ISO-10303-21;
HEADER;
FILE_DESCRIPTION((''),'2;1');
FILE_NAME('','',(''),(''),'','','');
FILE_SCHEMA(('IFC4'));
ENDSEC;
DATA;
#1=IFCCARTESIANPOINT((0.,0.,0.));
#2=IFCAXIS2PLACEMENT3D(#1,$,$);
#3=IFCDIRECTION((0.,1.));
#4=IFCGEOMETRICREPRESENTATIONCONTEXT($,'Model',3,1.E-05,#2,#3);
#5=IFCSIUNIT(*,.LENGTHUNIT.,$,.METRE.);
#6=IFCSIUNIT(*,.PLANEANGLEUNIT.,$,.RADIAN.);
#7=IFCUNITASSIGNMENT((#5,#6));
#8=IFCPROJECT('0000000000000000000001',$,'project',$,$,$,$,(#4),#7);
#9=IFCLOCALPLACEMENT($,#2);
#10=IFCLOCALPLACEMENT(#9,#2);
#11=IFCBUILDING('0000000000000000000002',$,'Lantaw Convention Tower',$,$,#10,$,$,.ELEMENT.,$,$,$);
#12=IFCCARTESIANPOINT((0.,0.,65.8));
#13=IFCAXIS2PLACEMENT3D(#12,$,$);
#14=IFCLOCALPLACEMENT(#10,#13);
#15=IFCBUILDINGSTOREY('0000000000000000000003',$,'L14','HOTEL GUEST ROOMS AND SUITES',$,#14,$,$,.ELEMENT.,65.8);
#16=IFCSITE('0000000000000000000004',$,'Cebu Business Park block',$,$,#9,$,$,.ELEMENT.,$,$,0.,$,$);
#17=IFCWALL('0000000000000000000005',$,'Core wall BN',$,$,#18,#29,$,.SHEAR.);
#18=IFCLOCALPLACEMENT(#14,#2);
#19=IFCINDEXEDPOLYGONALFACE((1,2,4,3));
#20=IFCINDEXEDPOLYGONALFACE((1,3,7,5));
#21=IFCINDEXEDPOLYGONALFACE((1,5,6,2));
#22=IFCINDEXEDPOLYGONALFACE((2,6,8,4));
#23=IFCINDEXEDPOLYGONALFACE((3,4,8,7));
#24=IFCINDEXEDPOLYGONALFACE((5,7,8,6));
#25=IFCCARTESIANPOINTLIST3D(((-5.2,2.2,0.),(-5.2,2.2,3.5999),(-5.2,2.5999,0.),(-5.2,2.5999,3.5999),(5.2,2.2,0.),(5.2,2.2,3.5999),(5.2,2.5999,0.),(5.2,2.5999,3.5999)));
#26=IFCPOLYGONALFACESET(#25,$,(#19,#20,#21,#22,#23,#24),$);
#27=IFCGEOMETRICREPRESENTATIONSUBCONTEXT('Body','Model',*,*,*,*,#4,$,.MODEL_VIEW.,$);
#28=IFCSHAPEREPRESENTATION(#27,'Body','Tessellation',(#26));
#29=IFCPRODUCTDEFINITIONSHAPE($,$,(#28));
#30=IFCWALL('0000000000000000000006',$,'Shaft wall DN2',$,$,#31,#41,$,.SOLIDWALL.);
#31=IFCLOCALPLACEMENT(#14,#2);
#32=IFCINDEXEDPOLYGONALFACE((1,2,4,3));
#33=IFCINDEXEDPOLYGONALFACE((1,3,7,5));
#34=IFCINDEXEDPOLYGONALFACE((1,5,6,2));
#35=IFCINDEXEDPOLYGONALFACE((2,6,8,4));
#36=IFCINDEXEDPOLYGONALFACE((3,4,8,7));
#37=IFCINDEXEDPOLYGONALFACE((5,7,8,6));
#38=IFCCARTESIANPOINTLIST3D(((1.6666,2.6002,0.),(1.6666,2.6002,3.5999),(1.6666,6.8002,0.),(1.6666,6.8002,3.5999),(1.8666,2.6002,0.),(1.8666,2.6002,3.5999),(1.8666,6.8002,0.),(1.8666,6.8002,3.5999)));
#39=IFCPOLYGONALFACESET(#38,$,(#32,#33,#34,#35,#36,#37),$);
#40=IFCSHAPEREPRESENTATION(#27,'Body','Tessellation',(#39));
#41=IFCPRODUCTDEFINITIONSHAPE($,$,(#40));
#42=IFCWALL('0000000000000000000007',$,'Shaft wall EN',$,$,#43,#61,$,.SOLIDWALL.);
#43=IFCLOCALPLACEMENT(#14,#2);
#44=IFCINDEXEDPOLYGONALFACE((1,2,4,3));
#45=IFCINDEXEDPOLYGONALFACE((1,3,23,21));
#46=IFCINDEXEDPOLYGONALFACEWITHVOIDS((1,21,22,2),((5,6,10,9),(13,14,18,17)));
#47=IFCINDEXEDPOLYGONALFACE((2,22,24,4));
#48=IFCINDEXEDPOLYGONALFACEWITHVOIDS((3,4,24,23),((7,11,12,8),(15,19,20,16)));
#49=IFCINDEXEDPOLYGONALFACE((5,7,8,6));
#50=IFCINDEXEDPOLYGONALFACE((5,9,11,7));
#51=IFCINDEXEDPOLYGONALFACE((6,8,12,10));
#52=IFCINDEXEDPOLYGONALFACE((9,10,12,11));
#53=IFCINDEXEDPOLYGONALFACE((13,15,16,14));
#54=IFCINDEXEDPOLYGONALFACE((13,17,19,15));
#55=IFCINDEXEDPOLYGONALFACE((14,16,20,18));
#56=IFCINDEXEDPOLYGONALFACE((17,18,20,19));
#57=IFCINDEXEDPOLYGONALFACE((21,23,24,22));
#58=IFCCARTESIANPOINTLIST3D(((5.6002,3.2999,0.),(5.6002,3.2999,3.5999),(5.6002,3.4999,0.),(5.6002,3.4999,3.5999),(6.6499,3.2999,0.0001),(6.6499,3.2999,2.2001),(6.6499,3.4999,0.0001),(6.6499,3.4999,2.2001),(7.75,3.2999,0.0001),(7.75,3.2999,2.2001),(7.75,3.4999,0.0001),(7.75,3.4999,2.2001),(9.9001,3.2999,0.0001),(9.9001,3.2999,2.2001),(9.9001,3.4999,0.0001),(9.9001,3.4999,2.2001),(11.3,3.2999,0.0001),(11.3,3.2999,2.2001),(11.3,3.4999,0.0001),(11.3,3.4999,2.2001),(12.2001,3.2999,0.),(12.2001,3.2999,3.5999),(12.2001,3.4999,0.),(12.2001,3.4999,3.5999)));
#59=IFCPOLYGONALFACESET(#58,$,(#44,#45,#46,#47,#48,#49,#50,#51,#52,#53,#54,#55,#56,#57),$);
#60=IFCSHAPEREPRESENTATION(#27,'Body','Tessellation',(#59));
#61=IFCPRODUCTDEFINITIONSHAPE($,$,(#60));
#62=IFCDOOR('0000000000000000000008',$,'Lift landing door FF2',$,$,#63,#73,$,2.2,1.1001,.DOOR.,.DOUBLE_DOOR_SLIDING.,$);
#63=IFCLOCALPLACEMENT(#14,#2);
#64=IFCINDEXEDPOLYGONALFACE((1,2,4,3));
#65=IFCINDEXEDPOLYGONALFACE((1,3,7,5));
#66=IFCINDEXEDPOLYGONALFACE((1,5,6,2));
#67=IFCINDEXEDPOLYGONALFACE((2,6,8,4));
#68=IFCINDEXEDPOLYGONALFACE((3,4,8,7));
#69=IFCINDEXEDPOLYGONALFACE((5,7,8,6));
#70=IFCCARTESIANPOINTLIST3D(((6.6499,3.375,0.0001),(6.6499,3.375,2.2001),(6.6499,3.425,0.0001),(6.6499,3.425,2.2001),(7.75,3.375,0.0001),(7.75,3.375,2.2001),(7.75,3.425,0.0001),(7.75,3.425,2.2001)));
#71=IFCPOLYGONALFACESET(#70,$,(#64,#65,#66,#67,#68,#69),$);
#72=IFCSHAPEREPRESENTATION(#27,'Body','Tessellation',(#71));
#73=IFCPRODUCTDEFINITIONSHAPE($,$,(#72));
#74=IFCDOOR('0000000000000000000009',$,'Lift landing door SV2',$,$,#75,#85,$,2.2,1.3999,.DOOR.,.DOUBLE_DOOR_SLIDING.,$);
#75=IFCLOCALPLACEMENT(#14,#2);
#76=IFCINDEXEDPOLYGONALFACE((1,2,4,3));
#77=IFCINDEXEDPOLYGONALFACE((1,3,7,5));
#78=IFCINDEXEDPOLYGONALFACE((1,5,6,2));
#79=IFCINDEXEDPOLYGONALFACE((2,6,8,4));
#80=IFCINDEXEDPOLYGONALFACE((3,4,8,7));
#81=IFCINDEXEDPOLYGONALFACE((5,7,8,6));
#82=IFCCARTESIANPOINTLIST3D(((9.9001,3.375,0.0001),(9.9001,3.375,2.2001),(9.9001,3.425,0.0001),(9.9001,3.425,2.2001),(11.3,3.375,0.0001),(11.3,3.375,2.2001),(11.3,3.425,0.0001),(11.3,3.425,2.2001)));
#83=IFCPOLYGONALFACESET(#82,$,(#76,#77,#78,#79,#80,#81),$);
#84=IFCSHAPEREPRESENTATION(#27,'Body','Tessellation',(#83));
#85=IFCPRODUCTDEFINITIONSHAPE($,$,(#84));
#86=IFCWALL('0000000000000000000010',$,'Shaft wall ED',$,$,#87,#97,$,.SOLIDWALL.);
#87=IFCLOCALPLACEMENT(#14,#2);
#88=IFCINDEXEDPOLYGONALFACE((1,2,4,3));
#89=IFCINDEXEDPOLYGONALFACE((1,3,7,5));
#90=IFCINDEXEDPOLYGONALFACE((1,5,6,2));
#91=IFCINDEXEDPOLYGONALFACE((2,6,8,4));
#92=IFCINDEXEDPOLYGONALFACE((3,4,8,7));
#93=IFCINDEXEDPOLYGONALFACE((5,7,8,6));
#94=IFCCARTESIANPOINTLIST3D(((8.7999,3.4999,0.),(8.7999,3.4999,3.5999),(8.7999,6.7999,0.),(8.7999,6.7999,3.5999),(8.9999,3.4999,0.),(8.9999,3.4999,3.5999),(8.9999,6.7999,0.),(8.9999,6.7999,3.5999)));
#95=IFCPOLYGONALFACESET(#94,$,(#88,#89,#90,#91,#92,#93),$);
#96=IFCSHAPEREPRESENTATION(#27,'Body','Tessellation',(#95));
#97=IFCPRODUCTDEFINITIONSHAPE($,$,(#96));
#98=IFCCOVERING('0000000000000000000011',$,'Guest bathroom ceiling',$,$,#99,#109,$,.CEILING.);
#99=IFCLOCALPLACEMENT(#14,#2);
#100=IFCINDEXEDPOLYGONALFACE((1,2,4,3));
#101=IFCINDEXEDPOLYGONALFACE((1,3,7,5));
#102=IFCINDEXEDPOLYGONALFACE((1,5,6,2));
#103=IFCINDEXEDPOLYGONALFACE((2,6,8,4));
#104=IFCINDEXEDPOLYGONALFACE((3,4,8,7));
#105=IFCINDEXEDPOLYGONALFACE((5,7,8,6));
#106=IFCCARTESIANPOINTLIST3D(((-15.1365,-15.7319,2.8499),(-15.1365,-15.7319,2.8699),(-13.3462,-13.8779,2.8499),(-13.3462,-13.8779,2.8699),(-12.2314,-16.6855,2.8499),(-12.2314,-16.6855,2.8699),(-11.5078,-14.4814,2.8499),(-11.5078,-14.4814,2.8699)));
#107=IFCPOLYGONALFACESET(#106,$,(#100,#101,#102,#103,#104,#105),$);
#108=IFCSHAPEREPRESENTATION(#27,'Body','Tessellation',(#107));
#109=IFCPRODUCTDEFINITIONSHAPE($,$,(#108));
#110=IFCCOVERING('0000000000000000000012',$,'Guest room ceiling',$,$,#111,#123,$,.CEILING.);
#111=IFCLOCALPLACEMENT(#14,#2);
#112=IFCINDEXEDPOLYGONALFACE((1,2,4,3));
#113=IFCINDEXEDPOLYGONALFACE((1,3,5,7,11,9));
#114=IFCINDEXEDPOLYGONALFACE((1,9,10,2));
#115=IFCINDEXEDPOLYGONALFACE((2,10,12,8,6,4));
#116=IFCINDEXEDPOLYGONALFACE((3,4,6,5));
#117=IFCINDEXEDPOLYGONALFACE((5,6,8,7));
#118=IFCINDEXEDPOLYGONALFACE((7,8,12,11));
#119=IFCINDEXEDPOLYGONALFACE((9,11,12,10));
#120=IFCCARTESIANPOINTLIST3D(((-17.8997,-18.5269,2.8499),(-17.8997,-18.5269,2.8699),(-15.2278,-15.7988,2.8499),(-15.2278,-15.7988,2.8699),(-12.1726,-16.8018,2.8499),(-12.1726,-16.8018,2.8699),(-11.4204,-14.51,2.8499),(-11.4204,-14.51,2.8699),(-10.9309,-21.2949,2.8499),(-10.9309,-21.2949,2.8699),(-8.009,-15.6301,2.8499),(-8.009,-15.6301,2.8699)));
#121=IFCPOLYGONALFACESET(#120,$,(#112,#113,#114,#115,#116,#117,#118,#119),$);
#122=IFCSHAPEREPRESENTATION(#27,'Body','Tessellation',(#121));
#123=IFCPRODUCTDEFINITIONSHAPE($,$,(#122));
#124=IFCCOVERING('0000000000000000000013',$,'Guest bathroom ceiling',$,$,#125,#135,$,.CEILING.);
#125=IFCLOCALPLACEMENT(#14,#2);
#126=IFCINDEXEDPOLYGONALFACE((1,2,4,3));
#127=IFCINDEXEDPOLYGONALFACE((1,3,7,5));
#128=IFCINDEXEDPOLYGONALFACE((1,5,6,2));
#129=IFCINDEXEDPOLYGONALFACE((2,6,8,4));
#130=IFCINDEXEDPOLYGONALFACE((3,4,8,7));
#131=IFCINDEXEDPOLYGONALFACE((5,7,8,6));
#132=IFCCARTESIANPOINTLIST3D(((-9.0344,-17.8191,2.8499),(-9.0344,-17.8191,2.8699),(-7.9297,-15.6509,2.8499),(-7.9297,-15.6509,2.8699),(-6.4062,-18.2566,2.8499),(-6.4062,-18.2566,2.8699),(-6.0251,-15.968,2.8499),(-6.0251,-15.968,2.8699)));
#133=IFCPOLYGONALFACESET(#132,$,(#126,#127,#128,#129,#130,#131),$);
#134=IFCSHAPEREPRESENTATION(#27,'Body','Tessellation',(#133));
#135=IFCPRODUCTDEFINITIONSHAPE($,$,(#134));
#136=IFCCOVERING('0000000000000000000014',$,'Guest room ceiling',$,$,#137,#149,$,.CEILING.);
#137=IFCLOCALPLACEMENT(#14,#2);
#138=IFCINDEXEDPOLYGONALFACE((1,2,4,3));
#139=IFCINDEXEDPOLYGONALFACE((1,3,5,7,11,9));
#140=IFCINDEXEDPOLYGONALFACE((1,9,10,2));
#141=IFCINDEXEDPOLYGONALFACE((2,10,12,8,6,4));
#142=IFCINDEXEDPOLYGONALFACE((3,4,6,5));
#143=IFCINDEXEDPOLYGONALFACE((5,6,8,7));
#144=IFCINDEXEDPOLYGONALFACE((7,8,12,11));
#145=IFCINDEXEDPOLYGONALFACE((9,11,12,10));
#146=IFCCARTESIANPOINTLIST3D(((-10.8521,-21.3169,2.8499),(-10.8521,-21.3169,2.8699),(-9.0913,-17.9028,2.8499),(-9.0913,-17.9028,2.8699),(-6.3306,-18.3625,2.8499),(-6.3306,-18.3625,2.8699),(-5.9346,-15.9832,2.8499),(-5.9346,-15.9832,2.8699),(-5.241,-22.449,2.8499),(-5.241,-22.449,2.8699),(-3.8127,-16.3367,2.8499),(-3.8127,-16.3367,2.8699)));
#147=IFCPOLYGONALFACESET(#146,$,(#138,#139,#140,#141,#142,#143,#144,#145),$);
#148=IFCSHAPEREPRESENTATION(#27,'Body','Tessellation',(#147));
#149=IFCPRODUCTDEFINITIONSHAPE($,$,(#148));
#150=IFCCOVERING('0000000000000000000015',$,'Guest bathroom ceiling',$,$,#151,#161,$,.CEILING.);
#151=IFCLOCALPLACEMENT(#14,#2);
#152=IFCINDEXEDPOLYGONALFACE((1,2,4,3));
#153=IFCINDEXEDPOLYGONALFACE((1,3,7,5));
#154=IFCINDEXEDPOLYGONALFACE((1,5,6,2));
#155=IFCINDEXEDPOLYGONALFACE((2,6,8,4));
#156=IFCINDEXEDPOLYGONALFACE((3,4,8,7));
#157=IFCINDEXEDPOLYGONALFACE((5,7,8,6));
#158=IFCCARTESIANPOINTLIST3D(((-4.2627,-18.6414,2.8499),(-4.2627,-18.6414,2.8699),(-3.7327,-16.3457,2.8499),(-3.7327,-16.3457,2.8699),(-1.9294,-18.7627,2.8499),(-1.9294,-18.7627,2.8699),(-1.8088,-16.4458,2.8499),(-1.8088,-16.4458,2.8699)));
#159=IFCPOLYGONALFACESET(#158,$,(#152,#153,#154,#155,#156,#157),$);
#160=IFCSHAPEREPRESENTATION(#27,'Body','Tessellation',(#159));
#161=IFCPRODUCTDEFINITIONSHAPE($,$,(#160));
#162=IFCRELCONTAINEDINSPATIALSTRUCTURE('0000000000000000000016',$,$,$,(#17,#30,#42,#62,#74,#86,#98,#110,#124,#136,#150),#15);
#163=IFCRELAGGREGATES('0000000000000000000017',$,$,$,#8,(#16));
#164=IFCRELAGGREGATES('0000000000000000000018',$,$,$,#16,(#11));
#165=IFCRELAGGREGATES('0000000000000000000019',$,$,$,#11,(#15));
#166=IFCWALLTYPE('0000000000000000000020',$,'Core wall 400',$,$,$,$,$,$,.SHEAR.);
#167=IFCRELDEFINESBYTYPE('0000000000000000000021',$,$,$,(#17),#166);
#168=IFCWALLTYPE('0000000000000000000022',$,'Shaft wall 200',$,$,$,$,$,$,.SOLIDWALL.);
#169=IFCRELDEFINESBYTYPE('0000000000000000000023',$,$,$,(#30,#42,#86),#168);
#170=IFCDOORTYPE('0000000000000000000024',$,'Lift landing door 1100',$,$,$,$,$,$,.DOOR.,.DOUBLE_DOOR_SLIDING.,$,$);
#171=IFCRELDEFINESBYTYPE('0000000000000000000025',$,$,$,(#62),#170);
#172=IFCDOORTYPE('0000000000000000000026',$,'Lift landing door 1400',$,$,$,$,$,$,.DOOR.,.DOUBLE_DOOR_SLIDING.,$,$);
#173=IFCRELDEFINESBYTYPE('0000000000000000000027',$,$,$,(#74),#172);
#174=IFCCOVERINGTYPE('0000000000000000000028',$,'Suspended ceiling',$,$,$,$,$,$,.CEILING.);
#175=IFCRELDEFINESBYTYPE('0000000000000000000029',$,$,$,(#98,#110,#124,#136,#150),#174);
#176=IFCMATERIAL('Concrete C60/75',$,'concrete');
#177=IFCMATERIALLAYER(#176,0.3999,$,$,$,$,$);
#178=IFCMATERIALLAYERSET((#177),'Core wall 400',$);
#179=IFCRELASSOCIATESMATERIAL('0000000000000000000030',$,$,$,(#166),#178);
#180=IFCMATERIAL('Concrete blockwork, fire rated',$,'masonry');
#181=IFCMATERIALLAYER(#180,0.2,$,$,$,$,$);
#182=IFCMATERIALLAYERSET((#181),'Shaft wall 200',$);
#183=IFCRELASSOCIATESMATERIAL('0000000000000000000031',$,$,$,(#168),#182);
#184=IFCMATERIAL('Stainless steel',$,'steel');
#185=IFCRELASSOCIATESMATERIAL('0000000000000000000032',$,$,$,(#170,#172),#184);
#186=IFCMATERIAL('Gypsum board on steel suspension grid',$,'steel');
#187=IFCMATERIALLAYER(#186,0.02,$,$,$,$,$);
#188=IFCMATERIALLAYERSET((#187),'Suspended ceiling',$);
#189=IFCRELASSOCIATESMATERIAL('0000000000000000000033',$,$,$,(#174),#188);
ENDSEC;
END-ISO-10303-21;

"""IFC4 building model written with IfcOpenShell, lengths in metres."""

from ifc_helpers import new_model, si_unit, direction, frame, frame_2d, origin, place, context, subcontext, project, spatial, polyline, rectangle, outline, extrude, material, layer, layer_set, type_object, element, fill, save


model = new_model("IFC4")

# Units and contexts
model_context = context("Model", 3, precision=1e-05, world=origin(), true_north=direction((0.0, 1.0)))
body_context = subcontext(model_context, "Body", "Model", "MODEL_VIEW")
ifc_project = project(units=[si_unit("LENGTHUNIT", "METRE"), si_unit("PLANEANGLEUNIT", "RADIAN")], contexts=[model_context])

# Site, building, storey
site_placement = place(None, origin())
site = spatial("IfcSite", under=ifc_project, at=site_placement, Name="Cebu Business Park block", CompositionType="ELEMENT", RefElevation=0.0)
building_placement = place(site_placement, origin())
building = spatial("IfcBuilding", under=site, at=building_placement, Name="Lantaw Convention Tower", CompositionType="ELEMENT")
storey_placement = place(building_placement, frame((0.0, 0.0, 65.8)))
storey = spatial("IfcBuildingStorey", under=building, at=storey_placement, Name="L14", Description="HOTEL GUEST ROOMS AND SUITES", CompositionType="ELEMENT", Elevation=65.8)

# Walls
ifc_material_1 = material(Name="Concrete C60/75", Category="concrete")
ifc_layer_1 = layer(ifc_material_1, 0.3999)
ifc_layer_set_1 = layer_set([ifc_layer_1], Name="Core wall 400")
wall_type_1 = type_object("IfcWallType", Name="Core wall 400", PredefinedType="SHEAR", material=ifc_layer_set_1)
wall_1_placement = place(storey_placement, frame((5.2, 2.3999, 0.0), z_axis=(0.0, 0.0, 1.0), x_axis=(-1.0, 0.0, 0.0)))
element("IfcWall", 1, at=wall_1_placement, inside=storey, type_object=wall_type_1, Name="Core wall BN", PredefinedType="SHEAR", context=body_context, shape_type="SweptSolid", body=[
    extrude(rectangle(XDim=10.3999, YDim=0.3999, at=frame_2d((5.2, 0.0))), origin(), (0.0, 0.0, 1.0), 3.5999),
])
ifc_material_2 = material(Name="Concrete blockwork, fire rated", Category="masonry")
ifc_layer_2 = layer(ifc_material_2, 0.2)
ifc_layer_set_2 = layer_set([ifc_layer_2], Name="Shaft wall 200")
wall_type_2 = type_object("IfcWallType", Name="Shaft wall 200", PredefinedType="SOLIDWALL", material=ifc_layer_set_2)
wall_2_placement = place(storey_placement, frame((1.7666, 2.6001, 0.0), z_axis=(0.0, 0.0, 1.0), x_axis=(0.0, 1.0, 0.0)))
element("IfcWall", 2, at=wall_2_placement, inside=storey, type_object=wall_type_2, Name="Shaft wall DN2", PredefinedType="SOLIDWALL", context=body_context, shape_type="SweptSolid", body=[
    extrude(rectangle(XDim=4.2, YDim=0.2, at=frame_2d((2.1001, 0.0))), origin(), (0.0, 0.0, 1.0), 3.5999),
])

# Wall, openings, doors
wall_3_placement = place(storey_placement, frame((12.2, 3.3999, 0.0), z_axis=(0.0, 0.0, 1.0), x_axis=(-1.0, 0.0, 0.0)))
wall_3 = element("IfcWall", 3, at=wall_3_placement, inside=storey, type_object=wall_type_2, Name="Shaft wall EN", PredefinedType="SOLIDWALL", context=body_context, shape_type="SweptSolid", body=[
    extrude(rectangle(XDim=6.5999, YDim=0.2, at=frame_2d((3.2998, 0.0))), origin(), (0.0, 0.0, 1.0), 3.5999),
])
opening_1_placement = place(wall_3_placement, frame((4.45, 0.0, 0.0)))
opening_1 = element("IfcOpeningElement", 4, at=opening_1_placement, cuts=wall_3, PredefinedType="OPENING", context=body_context, shape_type="SweptSolid", body=[
    extrude(rectangle(XDim=1.1001, YDim=2.2, at=frame_2d((0.55, 1.1001))), frame((0.0, 0.1099, 0.0), z_axis=(0.0, -1.0, 0.0), x_axis=(1.0, 0.0, 0.0)), (0.0, 0.0, 1.0), 0.22),
])
opening_2_placement = place(wall_3_placement, frame((0.8999, 0.0, 0.0)))
opening_2 = element("IfcOpeningElement", 5, at=opening_2_placement, cuts=wall_3, PredefinedType="OPENING", context=body_context, shape_type="SweptSolid", body=[
    extrude(rectangle(XDim=1.3999, YDim=2.2, at=frame_2d((0.7, 1.1001))), frame((0.0, 0.1099, 0.0), z_axis=(0.0, -1.0, 0.0), x_axis=(1.0, 0.0, 0.0)), (0.0, 0.0, 1.0), 0.22),
])
ifc_material_3 = material(Name="Stainless steel", Category="steel")
door_type_1 = type_object("IfcDoorType", Name="Lift landing door 1100", OperationType="DOUBLE_DOOR_SLIDING", PredefinedType="DOOR", material=ifc_material_3)
door_1_placement = place(opening_1_placement, origin())
door_1 = element("IfcDoor", 6, at=door_1_placement, inside=storey, type_object=door_type_1, Name="Lift landing door FF2", OperationType="DOUBLE_DOOR_SLIDING", OverallHeight=2.2, OverallWidth=1.1001, PredefinedType="DOOR", context=body_context, shape_type="SweptSolid", body=[
    extrude(rectangle(XDim=1.1001, YDim=2.2, at=frame_2d((0.55, 1.1001))), frame((0.0, 0.0249, 0.0), z_axis=(0.0, -1.0, 0.0), x_axis=(1.0, 0.0, 0.0)), (0.0, 0.0, 1.0), 0.05),
])
fill(opening_1, door_1)
door_type_2 = type_object("IfcDoorType", Name="Lift landing door 1400", OperationType="DOUBLE_DOOR_SLIDING", PredefinedType="DOOR", material=ifc_material_3)
door_2_placement = place(opening_2_placement, origin())
door_2 = element("IfcDoor", 7, at=door_2_placement, inside=storey, type_object=door_type_2, Name="Lift landing door SV2", OperationType="DOUBLE_DOOR_SLIDING", OverallHeight=2.2, OverallWidth=1.3999, PredefinedType="DOOR", context=body_context, shape_type="SweptSolid", body=[
    extrude(rectangle(XDim=1.3999, YDim=2.2, at=frame_2d((0.7, 1.1001))), frame((0.0, 0.0249, 0.0), z_axis=(0.0, -1.0, 0.0), x_axis=(1.0, 0.0, 0.0)), (0.0, 0.0, 1.0), 0.05),
])
fill(opening_2, door_2)

# Wall
wall_4_placement = place(storey_placement, frame((8.8999, 3.5, 0.0), z_axis=(0.0, 0.0, 1.0), x_axis=(0.0, 1.0, 0.0)))
element("IfcWall", 8, at=wall_4_placement, inside=storey, type_object=wall_type_2, Name="Shaft wall ED", PredefinedType="SOLIDWALL", context=body_context, shape_type="SweptSolid", body=[
    extrude(rectangle(XDim=3.3, YDim=0.2, at=frame_2d((1.6499, 0.0))), origin(), (0.0, 0.0, 1.0), 3.5999),
])

# Coverings
ifc_material_4 = material(Name="Gypsum board on steel suspension grid", Category="steel")
ifc_layer_3 = layer(ifc_material_4, 0.02)
ifc_layer_set_3 = layer_set([ifc_layer_3], Name="Suspended ceiling")
covering_type = type_object("IfcCoveringType", Name="Suspended ceiling", PredefinedType="CEILING", material=ifc_layer_set_3)
covering_1_placement = place(storey_placement, frame((0.0, 0.0, 2.8499)))
element("IfcCovering", 9, at=covering_1_placement, inside=storey, type_object=covering_type, Name="Guest bathroom ceiling", PredefinedType="CEILING", context=body_context, shape_type="SweptSolid", body=[
    extrude(outline(polyline([(-13.3462, -13.8779), (-15.1365, -15.7319), (-12.2314, -16.6855), (-11.5078, -14.4814), (-13.3462, -13.8779)])), origin(), (0.0, 0.0, 1.0), 0.02),
])
covering_2_placement = place(storey_placement, frame((0.0, 0.0, 2.8499)))
element("IfcCovering", 10, at=covering_2_placement, inside=storey, type_object=covering_type, Name="Guest room ceiling", PredefinedType="CEILING", context=body_context, shape_type="SweptSolid", body=[
    extrude(outline(polyline([(-15.2278, -15.7988), (-17.8997, -18.5269), (-10.9309, -21.2949), (-8.009, -15.6301), (-11.4204, -14.51), (-12.1726, -16.8018), (-15.2278, -15.7988)])), origin(), (0.0, 0.0, 1.0), 0.02),
])
covering_3_placement = place(storey_placement, frame((0.0, 0.0, 2.8499)))
element("IfcCovering", 11, at=covering_3_placement, inside=storey, type_object=covering_type, Name="Guest bathroom ceiling", PredefinedType="CEILING", context=body_context, shape_type="SweptSolid", body=[
    extrude(outline(polyline([(-7.9297, -15.6509), (-9.0344, -17.8191), (-6.4062, -18.2566), (-6.0251, -15.968), (-7.9297, -15.6509)])), origin(), (0.0, 0.0, 1.0), 0.02),
])
covering_4_placement = place(storey_placement, frame((0.0, 0.0, 2.8499)))
element("IfcCovering", 12, at=covering_4_placement, inside=storey, type_object=covering_type, Name="Guest room ceiling", PredefinedType="CEILING", context=body_context, shape_type="SweptSolid", body=[
    extrude(outline(polyline([(-9.0913, -17.9028), (-10.8521, -21.3169), (-5.241, -22.449), (-3.8127, -16.3367), (-5.9346, -15.9832), (-6.3306, -18.3625), (-9.0913, -17.9028)])), origin(), (0.0, 0.0, 1.0), 0.02),
])
covering_5_placement = place(storey_placement, frame((0.0, 0.0, 2.8499)))
element("IfcCovering", 13, at=covering_5_placement, inside=storey, type_object=covering_type, Name="Guest bathroom ceiling", PredefinedType="CEILING", context=body_context, shape_type="SweptSolid", body=[
    extrude(outline(polyline([(-3.7327, -16.3457), (-4.2627, -18.6414), (-1.9294, -18.7627), (-1.8088, -16.4458), (-3.7327, -16.3457)])), origin(), (0.0, 0.0, 1.0), 0.02),
])

save(model, "model.ifc")
